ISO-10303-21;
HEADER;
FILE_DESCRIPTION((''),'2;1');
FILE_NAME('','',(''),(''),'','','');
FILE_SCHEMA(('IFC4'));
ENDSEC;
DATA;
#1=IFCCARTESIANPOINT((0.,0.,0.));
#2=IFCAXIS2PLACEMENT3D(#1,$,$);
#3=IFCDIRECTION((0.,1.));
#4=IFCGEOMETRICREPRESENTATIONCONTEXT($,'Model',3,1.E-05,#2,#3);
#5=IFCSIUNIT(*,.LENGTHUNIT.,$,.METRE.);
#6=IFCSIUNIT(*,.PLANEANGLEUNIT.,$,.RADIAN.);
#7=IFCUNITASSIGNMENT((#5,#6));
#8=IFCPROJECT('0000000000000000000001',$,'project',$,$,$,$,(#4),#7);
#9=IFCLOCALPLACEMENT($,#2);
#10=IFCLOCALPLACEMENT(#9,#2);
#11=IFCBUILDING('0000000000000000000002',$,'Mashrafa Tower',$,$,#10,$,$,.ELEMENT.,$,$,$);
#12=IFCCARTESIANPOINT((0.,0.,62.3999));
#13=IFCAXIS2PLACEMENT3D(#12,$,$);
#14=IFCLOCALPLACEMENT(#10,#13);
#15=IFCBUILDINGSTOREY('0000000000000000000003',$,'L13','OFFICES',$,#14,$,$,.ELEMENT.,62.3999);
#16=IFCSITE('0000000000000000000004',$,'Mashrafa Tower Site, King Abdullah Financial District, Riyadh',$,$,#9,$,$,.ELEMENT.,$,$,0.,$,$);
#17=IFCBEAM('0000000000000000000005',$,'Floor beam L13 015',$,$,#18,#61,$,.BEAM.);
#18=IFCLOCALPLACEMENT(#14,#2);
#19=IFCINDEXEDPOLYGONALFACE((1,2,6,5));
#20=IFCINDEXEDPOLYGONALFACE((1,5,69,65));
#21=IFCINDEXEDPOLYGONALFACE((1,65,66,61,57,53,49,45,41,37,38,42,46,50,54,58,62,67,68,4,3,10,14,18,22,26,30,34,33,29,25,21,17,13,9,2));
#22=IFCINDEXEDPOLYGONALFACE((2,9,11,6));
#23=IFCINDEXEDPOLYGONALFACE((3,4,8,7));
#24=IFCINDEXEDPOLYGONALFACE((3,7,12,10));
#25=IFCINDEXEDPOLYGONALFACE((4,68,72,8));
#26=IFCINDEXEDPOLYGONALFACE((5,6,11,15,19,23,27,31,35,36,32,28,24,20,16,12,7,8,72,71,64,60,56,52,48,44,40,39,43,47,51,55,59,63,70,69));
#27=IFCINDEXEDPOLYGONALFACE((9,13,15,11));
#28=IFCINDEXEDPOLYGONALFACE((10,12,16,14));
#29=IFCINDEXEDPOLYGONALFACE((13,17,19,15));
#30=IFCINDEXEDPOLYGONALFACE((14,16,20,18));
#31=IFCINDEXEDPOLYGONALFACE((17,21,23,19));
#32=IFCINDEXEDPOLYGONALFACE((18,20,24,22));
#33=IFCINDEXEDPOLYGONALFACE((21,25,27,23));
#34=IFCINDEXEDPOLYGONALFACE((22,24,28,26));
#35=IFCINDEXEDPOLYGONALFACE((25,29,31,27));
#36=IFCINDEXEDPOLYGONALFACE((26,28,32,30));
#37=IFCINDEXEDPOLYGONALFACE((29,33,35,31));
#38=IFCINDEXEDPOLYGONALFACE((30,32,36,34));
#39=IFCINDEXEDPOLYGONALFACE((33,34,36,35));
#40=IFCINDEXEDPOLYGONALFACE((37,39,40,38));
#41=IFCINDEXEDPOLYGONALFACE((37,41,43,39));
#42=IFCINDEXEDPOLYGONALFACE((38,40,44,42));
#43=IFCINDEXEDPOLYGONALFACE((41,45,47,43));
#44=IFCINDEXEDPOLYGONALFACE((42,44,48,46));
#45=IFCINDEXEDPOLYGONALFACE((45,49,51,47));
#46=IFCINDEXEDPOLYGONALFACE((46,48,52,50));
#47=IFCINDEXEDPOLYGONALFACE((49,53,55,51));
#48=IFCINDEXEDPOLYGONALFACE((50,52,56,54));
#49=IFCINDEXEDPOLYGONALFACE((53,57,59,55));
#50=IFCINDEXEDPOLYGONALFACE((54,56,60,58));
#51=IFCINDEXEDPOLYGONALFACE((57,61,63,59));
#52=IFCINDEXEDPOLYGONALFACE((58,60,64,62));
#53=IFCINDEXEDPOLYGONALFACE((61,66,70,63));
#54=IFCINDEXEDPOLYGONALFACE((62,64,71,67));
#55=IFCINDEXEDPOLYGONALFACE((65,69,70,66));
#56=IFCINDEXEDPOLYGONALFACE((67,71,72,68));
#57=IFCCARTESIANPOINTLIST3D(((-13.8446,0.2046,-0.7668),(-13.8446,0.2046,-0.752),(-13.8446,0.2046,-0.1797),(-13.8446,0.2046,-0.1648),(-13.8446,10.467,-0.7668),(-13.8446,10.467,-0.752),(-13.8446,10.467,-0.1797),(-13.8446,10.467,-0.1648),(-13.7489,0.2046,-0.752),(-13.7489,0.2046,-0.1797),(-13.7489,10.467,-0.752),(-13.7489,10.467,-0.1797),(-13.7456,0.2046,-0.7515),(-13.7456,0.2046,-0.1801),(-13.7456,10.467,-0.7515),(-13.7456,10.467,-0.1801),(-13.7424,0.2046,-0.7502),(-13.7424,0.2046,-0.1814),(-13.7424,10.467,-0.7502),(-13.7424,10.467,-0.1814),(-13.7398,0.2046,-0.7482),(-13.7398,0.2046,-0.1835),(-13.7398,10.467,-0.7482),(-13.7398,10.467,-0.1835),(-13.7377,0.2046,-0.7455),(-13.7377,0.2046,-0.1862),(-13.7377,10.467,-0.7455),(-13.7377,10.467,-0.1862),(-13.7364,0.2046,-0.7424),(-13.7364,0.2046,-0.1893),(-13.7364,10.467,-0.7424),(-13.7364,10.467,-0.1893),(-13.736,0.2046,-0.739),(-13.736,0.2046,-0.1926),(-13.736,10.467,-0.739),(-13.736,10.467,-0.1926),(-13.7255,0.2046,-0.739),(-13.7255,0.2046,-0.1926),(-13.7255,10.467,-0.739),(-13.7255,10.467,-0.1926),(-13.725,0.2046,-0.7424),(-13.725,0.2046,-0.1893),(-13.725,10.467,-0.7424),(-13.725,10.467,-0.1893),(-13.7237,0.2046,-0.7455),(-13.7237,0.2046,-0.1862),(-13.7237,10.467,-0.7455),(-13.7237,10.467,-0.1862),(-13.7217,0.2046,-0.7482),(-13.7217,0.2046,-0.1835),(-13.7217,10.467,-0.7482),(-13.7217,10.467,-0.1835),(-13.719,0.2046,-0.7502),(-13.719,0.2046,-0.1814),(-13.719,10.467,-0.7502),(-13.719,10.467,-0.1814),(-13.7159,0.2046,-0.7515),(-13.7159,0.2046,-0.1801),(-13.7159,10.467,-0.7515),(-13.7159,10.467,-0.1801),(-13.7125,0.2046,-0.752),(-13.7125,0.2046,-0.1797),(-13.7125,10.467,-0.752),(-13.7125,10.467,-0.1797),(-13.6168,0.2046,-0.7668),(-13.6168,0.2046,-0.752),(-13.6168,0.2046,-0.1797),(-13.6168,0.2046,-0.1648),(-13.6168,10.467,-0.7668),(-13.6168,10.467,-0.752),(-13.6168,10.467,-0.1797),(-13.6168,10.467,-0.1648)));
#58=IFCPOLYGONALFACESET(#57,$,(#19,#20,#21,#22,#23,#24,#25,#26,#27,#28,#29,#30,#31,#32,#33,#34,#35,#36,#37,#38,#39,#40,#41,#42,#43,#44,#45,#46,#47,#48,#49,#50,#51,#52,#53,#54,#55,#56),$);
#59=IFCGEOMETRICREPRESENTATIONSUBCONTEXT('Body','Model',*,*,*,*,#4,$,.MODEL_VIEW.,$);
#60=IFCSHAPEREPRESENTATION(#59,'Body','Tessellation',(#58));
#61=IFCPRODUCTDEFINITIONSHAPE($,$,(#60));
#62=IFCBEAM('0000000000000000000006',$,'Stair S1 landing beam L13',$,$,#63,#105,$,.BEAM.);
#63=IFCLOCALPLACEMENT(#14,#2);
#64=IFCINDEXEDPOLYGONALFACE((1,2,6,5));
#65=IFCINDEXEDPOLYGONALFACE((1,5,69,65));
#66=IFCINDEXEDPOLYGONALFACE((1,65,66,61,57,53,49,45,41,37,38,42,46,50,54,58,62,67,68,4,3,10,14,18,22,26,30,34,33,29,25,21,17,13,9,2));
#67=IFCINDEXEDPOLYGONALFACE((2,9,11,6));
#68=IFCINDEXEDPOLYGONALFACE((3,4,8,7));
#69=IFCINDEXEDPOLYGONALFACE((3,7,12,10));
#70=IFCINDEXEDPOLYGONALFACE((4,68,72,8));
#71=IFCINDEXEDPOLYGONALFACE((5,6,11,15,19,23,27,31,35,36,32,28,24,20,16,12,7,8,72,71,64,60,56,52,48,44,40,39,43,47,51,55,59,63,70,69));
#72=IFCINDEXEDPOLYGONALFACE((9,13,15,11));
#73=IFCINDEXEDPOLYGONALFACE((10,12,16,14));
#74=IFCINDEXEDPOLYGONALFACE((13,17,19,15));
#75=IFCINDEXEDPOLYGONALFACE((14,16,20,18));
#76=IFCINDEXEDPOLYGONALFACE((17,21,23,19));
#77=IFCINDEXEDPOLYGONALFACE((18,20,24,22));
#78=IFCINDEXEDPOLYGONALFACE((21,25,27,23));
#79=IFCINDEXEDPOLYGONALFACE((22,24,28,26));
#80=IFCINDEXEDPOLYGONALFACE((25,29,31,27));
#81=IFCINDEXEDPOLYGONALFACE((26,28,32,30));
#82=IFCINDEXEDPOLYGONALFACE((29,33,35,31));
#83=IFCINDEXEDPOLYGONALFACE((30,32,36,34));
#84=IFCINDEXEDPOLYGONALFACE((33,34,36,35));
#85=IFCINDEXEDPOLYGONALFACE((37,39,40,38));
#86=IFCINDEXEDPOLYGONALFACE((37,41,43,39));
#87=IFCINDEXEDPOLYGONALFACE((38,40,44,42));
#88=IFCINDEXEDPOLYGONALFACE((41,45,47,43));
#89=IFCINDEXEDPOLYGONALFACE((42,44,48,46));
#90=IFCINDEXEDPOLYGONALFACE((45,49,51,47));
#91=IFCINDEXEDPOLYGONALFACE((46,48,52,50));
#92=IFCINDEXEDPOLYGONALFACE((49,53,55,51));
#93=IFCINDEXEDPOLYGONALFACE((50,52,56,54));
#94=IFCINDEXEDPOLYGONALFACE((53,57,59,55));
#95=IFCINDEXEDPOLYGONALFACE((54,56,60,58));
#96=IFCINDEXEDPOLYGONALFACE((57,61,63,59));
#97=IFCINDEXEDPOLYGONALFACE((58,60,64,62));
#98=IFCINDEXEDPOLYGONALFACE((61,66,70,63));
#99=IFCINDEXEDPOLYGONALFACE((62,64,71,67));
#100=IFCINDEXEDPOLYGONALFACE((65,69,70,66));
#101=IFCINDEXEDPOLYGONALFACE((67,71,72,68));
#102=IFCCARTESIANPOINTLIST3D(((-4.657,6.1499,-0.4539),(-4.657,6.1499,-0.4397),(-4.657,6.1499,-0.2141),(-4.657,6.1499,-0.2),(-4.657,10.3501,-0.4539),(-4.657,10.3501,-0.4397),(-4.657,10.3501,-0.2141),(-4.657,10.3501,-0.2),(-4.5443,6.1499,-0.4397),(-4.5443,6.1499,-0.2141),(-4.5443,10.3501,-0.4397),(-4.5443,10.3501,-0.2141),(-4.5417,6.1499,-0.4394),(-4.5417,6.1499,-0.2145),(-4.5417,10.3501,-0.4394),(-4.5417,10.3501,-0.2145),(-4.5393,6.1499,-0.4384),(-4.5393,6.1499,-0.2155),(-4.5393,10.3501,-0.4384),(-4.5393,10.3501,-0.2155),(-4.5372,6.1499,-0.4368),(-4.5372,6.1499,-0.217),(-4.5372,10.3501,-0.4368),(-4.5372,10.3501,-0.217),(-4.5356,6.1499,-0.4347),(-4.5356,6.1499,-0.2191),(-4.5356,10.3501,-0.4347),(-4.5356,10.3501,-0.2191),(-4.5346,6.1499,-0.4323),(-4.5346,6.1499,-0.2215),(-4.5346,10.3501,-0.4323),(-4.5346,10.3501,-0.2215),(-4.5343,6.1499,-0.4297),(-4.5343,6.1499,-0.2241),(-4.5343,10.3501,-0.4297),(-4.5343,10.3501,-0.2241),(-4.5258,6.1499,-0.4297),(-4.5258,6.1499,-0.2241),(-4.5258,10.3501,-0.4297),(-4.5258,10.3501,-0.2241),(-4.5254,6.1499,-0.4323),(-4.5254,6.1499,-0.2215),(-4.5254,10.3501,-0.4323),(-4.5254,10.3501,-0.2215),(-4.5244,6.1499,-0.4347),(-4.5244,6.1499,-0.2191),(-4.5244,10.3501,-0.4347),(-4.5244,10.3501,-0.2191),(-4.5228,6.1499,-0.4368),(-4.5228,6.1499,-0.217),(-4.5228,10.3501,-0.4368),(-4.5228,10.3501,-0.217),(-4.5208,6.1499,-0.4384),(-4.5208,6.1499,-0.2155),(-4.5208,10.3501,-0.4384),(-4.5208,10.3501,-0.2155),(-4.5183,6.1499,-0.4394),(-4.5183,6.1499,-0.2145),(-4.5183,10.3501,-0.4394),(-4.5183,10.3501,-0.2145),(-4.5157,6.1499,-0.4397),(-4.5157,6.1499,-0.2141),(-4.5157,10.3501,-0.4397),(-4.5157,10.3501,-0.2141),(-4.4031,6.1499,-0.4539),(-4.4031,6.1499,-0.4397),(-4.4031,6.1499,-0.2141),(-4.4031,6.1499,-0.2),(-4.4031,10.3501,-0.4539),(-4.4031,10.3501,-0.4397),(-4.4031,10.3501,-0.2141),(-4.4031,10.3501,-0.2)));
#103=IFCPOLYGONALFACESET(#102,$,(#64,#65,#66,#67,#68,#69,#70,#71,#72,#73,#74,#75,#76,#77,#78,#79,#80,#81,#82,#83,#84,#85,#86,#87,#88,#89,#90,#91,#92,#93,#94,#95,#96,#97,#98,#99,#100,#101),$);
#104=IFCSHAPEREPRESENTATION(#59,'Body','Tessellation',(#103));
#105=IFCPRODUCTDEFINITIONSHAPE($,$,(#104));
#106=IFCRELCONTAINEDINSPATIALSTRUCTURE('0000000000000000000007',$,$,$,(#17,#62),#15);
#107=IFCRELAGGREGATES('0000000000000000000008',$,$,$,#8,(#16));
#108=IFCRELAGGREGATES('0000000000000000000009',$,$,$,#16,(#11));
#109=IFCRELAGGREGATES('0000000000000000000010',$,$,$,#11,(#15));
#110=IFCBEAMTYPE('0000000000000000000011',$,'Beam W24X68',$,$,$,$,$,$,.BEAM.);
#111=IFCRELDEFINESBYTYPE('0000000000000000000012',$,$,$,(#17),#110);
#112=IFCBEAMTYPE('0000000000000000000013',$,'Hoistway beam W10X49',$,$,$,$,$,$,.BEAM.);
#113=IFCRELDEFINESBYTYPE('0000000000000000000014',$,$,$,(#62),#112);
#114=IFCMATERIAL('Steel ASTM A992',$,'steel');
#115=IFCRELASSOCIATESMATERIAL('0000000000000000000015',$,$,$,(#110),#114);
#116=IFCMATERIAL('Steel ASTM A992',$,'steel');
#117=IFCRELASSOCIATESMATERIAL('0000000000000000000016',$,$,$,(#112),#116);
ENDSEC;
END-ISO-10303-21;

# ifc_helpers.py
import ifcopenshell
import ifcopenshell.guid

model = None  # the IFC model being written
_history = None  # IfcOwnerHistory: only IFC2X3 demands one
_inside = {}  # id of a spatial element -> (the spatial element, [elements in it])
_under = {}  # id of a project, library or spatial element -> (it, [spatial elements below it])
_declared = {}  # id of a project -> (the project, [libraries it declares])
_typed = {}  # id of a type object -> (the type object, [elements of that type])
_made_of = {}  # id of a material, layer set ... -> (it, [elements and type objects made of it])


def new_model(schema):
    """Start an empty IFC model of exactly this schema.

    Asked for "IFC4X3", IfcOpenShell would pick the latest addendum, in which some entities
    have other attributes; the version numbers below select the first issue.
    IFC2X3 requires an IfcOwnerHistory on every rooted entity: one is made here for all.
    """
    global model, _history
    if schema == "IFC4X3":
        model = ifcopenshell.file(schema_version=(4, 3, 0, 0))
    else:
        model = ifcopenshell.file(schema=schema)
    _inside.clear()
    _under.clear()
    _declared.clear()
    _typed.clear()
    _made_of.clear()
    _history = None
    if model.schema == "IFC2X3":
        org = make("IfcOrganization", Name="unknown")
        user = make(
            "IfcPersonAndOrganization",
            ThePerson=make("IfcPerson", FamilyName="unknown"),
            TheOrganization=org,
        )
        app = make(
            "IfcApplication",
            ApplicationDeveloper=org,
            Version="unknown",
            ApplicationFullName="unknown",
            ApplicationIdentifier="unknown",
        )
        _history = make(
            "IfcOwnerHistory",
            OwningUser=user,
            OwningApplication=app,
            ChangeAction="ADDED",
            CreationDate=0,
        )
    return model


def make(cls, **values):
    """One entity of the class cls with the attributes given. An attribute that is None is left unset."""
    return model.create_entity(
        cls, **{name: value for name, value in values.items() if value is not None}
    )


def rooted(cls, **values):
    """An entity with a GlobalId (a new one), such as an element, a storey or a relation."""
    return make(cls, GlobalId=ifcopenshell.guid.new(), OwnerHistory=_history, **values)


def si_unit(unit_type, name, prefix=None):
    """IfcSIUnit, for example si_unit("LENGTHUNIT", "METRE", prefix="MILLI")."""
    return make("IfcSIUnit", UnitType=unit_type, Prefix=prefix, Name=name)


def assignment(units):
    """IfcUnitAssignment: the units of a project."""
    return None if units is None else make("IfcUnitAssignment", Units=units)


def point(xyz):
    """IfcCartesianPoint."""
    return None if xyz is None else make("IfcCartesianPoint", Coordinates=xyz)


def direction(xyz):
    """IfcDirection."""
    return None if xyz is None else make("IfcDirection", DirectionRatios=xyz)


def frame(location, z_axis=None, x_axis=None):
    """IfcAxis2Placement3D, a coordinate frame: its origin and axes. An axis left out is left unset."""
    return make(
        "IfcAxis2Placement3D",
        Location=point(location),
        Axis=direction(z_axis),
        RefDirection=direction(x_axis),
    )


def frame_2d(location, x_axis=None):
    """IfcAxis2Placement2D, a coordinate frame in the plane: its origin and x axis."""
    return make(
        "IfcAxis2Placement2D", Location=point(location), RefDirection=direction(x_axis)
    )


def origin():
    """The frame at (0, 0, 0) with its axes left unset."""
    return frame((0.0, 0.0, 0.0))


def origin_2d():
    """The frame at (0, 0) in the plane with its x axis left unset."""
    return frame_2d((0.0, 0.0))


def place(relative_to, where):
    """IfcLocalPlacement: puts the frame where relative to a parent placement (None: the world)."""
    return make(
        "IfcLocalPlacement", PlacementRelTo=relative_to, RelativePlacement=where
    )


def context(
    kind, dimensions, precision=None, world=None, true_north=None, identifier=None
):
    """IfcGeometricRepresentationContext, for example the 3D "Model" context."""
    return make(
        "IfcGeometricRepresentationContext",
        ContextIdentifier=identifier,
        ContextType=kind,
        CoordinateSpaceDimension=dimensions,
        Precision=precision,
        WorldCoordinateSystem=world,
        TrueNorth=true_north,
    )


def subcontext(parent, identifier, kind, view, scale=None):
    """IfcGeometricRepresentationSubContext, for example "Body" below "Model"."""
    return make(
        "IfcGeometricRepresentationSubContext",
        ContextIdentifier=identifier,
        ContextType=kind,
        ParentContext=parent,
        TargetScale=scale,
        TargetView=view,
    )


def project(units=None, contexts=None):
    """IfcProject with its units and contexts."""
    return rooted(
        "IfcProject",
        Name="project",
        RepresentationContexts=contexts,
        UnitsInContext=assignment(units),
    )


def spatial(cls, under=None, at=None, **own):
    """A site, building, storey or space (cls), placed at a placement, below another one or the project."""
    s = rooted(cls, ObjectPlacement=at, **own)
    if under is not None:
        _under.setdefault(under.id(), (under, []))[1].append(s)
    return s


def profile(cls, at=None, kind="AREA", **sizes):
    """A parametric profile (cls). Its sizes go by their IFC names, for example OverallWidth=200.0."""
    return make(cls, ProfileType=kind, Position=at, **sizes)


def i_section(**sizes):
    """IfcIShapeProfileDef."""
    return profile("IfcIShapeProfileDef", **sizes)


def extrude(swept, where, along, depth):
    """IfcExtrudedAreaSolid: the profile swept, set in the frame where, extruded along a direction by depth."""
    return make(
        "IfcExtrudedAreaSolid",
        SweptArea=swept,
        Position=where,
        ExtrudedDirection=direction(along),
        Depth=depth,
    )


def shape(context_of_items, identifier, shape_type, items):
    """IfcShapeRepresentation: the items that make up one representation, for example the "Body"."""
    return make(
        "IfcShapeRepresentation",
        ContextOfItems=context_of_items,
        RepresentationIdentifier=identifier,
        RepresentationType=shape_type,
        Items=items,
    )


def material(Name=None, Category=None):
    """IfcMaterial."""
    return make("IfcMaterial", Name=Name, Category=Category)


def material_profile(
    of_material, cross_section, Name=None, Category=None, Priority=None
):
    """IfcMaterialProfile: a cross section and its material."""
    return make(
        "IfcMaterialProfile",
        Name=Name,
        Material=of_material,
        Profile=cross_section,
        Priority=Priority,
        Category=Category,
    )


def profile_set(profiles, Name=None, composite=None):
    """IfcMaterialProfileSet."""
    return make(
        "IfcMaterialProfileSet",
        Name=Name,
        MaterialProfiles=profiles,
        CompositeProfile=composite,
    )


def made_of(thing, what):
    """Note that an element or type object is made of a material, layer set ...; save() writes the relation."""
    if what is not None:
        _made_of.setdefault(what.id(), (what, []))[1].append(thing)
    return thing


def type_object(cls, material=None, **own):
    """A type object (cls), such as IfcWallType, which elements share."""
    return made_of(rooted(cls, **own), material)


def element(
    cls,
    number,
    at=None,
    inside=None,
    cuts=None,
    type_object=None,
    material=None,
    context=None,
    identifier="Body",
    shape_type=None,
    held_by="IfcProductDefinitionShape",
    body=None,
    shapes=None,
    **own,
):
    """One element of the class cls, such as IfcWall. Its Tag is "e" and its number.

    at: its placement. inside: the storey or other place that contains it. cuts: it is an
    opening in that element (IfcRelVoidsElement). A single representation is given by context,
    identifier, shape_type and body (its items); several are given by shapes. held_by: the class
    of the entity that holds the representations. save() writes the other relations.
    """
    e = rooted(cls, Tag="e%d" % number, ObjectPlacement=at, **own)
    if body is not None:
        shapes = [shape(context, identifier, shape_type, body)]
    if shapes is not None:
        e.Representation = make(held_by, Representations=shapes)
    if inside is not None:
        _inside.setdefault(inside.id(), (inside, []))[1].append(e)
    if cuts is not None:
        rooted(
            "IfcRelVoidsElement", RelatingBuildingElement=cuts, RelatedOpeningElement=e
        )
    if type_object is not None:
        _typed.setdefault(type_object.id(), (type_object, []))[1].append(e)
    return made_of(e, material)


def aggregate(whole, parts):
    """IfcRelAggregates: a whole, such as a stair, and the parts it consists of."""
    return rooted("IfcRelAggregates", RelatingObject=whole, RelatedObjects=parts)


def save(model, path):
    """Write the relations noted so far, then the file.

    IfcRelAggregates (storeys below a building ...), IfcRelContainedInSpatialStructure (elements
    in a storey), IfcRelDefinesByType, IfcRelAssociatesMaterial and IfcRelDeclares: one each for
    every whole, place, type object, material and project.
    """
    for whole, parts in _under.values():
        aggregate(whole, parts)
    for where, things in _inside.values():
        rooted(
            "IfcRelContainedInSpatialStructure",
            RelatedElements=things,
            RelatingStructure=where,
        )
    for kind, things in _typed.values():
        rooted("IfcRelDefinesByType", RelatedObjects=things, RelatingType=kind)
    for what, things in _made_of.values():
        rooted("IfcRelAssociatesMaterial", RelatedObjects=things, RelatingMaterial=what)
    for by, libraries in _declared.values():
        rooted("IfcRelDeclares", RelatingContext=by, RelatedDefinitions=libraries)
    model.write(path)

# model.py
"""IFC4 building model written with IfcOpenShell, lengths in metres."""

from ifc_helpers import new_model, si_unit, direction, frame, origin, origin_2d, place, context, subcontext, project, spatial, i_section, extrude, material, material_profile, profile_set, type_object, element, save


model = new_model("IFC4")

# Units and contexts
model_context = context("Model", 3, precision=1e-05, world=origin(), true_north=direction((0.0, 1.0)))
body_context = subcontext(model_context, "Body", "Model", "MODEL_VIEW")
ifc_project = project(units=[si_unit("LENGTHUNIT", "METRE"), si_unit("PLANEANGLEUNIT", "RADIAN")], contexts=[model_context])

# Site, building, storey
site_placement = place(None, origin())
site = spatial("IfcSite", under=ifc_project, at=site_placement, Name="Mashrafa Tower Site, King Abdullah Financial District, Riyadh", CompositionType="ELEMENT", RefElevation=0.0)
building_placement = place(site_placement, origin())
building = spatial("IfcBuilding", under=site, at=building_placement, Name="Mashrafa Tower", CompositionType="ELEMENT")
storey_placement = place(building_placement, frame((0.0, 0.0, 62.3999)))
storey = spatial("IfcBuildingStorey", under=building, at=storey_placement, Name="L13", Description="OFFICES", CompositionType="ELEMENT", Elevation=62.3999)

# Beams
ifc_material_1 = material(Name="Steel ASTM A992", Category="steel")
ifc_material_profile_1 = material_profile(ifc_material_1, i_section(OverallWidth=0.2278, OverallDepth=0.6021, WebThickness=0.0105, FlangeThickness=0.0149, FilletRadius=0.0129, at=origin_2d()), Name="W24X68")
ifc_profile_set_1 = profile_set([ifc_material_profile_1], Name="Steel ASTM A992")
beam_type_1 = type_object("IfcBeamType", Name="Beam W24X68", PredefinedType="BEAM", material=ifc_profile_set_1)
beam_1_placement = place(storey_placement, frame((-13.7307, 0.2046, -0.4658), z_axis=(0.0, 1.0, 0.0), x_axis=(-1.0, 0.0, 0.0)))
element("IfcBeam", 1, at=beam_1_placement, inside=storey, type_object=beam_type_1, Name="Floor beam L13 015", PredefinedType="BEAM", context=body_context, shape_type="SweptSolid", body=[
    extrude(i_section(OverallWidth=0.2278, OverallDepth=0.6021, WebThickness=0.0105, FlangeThickness=0.0149, FilletRadius=0.0129, at=origin_2d()), origin(), (0.0, 0.0, 1.0), 10.2625),
])
ifc_material_2 = material(Name="Steel ASTM A992", Category="steel")
ifc_material_profile_2 = material_profile(ifc_material_2, i_section(OverallWidth=0.2539, OverallDepth=0.2539, WebThickness=0.0085, FlangeThickness=0.0142, FilletRadius=0.01, at=origin_2d()), Name="W10X49")
ifc_profile_set_2 = profile_set([ifc_material_profile_2], Name="Steel ASTM A992")
beam_type_2 = type_object("IfcBeamType", Name="Hoistway beam W10X49", PredefinedType="BEAM", material=ifc_profile_set_2)
beam_2_placement = place(storey_placement, frame((-4.53, 6.1499, -0.3269), z_axis=(0.0, 1.0, 0.0), x_axis=(-1.0, 0.0, 0.0)))
element("IfcBeam", 2, at=beam_2_placement, inside=storey, type_object=beam_type_2, Name="Stair S1 landing beam L13", PredefinedType="BEAM", context=body_context, shape_type="SweptSolid", body=[
    extrude(i_section(OverallWidth=0.2539, OverallDepth=0.2539, WebThickness=0.0085, FlangeThickness=0.0142, FilletRadius=0.01, at=origin_2d()), origin(), (0.0, 0.0, 1.0), 4.2002),
])

save(model, "model.ifc")
